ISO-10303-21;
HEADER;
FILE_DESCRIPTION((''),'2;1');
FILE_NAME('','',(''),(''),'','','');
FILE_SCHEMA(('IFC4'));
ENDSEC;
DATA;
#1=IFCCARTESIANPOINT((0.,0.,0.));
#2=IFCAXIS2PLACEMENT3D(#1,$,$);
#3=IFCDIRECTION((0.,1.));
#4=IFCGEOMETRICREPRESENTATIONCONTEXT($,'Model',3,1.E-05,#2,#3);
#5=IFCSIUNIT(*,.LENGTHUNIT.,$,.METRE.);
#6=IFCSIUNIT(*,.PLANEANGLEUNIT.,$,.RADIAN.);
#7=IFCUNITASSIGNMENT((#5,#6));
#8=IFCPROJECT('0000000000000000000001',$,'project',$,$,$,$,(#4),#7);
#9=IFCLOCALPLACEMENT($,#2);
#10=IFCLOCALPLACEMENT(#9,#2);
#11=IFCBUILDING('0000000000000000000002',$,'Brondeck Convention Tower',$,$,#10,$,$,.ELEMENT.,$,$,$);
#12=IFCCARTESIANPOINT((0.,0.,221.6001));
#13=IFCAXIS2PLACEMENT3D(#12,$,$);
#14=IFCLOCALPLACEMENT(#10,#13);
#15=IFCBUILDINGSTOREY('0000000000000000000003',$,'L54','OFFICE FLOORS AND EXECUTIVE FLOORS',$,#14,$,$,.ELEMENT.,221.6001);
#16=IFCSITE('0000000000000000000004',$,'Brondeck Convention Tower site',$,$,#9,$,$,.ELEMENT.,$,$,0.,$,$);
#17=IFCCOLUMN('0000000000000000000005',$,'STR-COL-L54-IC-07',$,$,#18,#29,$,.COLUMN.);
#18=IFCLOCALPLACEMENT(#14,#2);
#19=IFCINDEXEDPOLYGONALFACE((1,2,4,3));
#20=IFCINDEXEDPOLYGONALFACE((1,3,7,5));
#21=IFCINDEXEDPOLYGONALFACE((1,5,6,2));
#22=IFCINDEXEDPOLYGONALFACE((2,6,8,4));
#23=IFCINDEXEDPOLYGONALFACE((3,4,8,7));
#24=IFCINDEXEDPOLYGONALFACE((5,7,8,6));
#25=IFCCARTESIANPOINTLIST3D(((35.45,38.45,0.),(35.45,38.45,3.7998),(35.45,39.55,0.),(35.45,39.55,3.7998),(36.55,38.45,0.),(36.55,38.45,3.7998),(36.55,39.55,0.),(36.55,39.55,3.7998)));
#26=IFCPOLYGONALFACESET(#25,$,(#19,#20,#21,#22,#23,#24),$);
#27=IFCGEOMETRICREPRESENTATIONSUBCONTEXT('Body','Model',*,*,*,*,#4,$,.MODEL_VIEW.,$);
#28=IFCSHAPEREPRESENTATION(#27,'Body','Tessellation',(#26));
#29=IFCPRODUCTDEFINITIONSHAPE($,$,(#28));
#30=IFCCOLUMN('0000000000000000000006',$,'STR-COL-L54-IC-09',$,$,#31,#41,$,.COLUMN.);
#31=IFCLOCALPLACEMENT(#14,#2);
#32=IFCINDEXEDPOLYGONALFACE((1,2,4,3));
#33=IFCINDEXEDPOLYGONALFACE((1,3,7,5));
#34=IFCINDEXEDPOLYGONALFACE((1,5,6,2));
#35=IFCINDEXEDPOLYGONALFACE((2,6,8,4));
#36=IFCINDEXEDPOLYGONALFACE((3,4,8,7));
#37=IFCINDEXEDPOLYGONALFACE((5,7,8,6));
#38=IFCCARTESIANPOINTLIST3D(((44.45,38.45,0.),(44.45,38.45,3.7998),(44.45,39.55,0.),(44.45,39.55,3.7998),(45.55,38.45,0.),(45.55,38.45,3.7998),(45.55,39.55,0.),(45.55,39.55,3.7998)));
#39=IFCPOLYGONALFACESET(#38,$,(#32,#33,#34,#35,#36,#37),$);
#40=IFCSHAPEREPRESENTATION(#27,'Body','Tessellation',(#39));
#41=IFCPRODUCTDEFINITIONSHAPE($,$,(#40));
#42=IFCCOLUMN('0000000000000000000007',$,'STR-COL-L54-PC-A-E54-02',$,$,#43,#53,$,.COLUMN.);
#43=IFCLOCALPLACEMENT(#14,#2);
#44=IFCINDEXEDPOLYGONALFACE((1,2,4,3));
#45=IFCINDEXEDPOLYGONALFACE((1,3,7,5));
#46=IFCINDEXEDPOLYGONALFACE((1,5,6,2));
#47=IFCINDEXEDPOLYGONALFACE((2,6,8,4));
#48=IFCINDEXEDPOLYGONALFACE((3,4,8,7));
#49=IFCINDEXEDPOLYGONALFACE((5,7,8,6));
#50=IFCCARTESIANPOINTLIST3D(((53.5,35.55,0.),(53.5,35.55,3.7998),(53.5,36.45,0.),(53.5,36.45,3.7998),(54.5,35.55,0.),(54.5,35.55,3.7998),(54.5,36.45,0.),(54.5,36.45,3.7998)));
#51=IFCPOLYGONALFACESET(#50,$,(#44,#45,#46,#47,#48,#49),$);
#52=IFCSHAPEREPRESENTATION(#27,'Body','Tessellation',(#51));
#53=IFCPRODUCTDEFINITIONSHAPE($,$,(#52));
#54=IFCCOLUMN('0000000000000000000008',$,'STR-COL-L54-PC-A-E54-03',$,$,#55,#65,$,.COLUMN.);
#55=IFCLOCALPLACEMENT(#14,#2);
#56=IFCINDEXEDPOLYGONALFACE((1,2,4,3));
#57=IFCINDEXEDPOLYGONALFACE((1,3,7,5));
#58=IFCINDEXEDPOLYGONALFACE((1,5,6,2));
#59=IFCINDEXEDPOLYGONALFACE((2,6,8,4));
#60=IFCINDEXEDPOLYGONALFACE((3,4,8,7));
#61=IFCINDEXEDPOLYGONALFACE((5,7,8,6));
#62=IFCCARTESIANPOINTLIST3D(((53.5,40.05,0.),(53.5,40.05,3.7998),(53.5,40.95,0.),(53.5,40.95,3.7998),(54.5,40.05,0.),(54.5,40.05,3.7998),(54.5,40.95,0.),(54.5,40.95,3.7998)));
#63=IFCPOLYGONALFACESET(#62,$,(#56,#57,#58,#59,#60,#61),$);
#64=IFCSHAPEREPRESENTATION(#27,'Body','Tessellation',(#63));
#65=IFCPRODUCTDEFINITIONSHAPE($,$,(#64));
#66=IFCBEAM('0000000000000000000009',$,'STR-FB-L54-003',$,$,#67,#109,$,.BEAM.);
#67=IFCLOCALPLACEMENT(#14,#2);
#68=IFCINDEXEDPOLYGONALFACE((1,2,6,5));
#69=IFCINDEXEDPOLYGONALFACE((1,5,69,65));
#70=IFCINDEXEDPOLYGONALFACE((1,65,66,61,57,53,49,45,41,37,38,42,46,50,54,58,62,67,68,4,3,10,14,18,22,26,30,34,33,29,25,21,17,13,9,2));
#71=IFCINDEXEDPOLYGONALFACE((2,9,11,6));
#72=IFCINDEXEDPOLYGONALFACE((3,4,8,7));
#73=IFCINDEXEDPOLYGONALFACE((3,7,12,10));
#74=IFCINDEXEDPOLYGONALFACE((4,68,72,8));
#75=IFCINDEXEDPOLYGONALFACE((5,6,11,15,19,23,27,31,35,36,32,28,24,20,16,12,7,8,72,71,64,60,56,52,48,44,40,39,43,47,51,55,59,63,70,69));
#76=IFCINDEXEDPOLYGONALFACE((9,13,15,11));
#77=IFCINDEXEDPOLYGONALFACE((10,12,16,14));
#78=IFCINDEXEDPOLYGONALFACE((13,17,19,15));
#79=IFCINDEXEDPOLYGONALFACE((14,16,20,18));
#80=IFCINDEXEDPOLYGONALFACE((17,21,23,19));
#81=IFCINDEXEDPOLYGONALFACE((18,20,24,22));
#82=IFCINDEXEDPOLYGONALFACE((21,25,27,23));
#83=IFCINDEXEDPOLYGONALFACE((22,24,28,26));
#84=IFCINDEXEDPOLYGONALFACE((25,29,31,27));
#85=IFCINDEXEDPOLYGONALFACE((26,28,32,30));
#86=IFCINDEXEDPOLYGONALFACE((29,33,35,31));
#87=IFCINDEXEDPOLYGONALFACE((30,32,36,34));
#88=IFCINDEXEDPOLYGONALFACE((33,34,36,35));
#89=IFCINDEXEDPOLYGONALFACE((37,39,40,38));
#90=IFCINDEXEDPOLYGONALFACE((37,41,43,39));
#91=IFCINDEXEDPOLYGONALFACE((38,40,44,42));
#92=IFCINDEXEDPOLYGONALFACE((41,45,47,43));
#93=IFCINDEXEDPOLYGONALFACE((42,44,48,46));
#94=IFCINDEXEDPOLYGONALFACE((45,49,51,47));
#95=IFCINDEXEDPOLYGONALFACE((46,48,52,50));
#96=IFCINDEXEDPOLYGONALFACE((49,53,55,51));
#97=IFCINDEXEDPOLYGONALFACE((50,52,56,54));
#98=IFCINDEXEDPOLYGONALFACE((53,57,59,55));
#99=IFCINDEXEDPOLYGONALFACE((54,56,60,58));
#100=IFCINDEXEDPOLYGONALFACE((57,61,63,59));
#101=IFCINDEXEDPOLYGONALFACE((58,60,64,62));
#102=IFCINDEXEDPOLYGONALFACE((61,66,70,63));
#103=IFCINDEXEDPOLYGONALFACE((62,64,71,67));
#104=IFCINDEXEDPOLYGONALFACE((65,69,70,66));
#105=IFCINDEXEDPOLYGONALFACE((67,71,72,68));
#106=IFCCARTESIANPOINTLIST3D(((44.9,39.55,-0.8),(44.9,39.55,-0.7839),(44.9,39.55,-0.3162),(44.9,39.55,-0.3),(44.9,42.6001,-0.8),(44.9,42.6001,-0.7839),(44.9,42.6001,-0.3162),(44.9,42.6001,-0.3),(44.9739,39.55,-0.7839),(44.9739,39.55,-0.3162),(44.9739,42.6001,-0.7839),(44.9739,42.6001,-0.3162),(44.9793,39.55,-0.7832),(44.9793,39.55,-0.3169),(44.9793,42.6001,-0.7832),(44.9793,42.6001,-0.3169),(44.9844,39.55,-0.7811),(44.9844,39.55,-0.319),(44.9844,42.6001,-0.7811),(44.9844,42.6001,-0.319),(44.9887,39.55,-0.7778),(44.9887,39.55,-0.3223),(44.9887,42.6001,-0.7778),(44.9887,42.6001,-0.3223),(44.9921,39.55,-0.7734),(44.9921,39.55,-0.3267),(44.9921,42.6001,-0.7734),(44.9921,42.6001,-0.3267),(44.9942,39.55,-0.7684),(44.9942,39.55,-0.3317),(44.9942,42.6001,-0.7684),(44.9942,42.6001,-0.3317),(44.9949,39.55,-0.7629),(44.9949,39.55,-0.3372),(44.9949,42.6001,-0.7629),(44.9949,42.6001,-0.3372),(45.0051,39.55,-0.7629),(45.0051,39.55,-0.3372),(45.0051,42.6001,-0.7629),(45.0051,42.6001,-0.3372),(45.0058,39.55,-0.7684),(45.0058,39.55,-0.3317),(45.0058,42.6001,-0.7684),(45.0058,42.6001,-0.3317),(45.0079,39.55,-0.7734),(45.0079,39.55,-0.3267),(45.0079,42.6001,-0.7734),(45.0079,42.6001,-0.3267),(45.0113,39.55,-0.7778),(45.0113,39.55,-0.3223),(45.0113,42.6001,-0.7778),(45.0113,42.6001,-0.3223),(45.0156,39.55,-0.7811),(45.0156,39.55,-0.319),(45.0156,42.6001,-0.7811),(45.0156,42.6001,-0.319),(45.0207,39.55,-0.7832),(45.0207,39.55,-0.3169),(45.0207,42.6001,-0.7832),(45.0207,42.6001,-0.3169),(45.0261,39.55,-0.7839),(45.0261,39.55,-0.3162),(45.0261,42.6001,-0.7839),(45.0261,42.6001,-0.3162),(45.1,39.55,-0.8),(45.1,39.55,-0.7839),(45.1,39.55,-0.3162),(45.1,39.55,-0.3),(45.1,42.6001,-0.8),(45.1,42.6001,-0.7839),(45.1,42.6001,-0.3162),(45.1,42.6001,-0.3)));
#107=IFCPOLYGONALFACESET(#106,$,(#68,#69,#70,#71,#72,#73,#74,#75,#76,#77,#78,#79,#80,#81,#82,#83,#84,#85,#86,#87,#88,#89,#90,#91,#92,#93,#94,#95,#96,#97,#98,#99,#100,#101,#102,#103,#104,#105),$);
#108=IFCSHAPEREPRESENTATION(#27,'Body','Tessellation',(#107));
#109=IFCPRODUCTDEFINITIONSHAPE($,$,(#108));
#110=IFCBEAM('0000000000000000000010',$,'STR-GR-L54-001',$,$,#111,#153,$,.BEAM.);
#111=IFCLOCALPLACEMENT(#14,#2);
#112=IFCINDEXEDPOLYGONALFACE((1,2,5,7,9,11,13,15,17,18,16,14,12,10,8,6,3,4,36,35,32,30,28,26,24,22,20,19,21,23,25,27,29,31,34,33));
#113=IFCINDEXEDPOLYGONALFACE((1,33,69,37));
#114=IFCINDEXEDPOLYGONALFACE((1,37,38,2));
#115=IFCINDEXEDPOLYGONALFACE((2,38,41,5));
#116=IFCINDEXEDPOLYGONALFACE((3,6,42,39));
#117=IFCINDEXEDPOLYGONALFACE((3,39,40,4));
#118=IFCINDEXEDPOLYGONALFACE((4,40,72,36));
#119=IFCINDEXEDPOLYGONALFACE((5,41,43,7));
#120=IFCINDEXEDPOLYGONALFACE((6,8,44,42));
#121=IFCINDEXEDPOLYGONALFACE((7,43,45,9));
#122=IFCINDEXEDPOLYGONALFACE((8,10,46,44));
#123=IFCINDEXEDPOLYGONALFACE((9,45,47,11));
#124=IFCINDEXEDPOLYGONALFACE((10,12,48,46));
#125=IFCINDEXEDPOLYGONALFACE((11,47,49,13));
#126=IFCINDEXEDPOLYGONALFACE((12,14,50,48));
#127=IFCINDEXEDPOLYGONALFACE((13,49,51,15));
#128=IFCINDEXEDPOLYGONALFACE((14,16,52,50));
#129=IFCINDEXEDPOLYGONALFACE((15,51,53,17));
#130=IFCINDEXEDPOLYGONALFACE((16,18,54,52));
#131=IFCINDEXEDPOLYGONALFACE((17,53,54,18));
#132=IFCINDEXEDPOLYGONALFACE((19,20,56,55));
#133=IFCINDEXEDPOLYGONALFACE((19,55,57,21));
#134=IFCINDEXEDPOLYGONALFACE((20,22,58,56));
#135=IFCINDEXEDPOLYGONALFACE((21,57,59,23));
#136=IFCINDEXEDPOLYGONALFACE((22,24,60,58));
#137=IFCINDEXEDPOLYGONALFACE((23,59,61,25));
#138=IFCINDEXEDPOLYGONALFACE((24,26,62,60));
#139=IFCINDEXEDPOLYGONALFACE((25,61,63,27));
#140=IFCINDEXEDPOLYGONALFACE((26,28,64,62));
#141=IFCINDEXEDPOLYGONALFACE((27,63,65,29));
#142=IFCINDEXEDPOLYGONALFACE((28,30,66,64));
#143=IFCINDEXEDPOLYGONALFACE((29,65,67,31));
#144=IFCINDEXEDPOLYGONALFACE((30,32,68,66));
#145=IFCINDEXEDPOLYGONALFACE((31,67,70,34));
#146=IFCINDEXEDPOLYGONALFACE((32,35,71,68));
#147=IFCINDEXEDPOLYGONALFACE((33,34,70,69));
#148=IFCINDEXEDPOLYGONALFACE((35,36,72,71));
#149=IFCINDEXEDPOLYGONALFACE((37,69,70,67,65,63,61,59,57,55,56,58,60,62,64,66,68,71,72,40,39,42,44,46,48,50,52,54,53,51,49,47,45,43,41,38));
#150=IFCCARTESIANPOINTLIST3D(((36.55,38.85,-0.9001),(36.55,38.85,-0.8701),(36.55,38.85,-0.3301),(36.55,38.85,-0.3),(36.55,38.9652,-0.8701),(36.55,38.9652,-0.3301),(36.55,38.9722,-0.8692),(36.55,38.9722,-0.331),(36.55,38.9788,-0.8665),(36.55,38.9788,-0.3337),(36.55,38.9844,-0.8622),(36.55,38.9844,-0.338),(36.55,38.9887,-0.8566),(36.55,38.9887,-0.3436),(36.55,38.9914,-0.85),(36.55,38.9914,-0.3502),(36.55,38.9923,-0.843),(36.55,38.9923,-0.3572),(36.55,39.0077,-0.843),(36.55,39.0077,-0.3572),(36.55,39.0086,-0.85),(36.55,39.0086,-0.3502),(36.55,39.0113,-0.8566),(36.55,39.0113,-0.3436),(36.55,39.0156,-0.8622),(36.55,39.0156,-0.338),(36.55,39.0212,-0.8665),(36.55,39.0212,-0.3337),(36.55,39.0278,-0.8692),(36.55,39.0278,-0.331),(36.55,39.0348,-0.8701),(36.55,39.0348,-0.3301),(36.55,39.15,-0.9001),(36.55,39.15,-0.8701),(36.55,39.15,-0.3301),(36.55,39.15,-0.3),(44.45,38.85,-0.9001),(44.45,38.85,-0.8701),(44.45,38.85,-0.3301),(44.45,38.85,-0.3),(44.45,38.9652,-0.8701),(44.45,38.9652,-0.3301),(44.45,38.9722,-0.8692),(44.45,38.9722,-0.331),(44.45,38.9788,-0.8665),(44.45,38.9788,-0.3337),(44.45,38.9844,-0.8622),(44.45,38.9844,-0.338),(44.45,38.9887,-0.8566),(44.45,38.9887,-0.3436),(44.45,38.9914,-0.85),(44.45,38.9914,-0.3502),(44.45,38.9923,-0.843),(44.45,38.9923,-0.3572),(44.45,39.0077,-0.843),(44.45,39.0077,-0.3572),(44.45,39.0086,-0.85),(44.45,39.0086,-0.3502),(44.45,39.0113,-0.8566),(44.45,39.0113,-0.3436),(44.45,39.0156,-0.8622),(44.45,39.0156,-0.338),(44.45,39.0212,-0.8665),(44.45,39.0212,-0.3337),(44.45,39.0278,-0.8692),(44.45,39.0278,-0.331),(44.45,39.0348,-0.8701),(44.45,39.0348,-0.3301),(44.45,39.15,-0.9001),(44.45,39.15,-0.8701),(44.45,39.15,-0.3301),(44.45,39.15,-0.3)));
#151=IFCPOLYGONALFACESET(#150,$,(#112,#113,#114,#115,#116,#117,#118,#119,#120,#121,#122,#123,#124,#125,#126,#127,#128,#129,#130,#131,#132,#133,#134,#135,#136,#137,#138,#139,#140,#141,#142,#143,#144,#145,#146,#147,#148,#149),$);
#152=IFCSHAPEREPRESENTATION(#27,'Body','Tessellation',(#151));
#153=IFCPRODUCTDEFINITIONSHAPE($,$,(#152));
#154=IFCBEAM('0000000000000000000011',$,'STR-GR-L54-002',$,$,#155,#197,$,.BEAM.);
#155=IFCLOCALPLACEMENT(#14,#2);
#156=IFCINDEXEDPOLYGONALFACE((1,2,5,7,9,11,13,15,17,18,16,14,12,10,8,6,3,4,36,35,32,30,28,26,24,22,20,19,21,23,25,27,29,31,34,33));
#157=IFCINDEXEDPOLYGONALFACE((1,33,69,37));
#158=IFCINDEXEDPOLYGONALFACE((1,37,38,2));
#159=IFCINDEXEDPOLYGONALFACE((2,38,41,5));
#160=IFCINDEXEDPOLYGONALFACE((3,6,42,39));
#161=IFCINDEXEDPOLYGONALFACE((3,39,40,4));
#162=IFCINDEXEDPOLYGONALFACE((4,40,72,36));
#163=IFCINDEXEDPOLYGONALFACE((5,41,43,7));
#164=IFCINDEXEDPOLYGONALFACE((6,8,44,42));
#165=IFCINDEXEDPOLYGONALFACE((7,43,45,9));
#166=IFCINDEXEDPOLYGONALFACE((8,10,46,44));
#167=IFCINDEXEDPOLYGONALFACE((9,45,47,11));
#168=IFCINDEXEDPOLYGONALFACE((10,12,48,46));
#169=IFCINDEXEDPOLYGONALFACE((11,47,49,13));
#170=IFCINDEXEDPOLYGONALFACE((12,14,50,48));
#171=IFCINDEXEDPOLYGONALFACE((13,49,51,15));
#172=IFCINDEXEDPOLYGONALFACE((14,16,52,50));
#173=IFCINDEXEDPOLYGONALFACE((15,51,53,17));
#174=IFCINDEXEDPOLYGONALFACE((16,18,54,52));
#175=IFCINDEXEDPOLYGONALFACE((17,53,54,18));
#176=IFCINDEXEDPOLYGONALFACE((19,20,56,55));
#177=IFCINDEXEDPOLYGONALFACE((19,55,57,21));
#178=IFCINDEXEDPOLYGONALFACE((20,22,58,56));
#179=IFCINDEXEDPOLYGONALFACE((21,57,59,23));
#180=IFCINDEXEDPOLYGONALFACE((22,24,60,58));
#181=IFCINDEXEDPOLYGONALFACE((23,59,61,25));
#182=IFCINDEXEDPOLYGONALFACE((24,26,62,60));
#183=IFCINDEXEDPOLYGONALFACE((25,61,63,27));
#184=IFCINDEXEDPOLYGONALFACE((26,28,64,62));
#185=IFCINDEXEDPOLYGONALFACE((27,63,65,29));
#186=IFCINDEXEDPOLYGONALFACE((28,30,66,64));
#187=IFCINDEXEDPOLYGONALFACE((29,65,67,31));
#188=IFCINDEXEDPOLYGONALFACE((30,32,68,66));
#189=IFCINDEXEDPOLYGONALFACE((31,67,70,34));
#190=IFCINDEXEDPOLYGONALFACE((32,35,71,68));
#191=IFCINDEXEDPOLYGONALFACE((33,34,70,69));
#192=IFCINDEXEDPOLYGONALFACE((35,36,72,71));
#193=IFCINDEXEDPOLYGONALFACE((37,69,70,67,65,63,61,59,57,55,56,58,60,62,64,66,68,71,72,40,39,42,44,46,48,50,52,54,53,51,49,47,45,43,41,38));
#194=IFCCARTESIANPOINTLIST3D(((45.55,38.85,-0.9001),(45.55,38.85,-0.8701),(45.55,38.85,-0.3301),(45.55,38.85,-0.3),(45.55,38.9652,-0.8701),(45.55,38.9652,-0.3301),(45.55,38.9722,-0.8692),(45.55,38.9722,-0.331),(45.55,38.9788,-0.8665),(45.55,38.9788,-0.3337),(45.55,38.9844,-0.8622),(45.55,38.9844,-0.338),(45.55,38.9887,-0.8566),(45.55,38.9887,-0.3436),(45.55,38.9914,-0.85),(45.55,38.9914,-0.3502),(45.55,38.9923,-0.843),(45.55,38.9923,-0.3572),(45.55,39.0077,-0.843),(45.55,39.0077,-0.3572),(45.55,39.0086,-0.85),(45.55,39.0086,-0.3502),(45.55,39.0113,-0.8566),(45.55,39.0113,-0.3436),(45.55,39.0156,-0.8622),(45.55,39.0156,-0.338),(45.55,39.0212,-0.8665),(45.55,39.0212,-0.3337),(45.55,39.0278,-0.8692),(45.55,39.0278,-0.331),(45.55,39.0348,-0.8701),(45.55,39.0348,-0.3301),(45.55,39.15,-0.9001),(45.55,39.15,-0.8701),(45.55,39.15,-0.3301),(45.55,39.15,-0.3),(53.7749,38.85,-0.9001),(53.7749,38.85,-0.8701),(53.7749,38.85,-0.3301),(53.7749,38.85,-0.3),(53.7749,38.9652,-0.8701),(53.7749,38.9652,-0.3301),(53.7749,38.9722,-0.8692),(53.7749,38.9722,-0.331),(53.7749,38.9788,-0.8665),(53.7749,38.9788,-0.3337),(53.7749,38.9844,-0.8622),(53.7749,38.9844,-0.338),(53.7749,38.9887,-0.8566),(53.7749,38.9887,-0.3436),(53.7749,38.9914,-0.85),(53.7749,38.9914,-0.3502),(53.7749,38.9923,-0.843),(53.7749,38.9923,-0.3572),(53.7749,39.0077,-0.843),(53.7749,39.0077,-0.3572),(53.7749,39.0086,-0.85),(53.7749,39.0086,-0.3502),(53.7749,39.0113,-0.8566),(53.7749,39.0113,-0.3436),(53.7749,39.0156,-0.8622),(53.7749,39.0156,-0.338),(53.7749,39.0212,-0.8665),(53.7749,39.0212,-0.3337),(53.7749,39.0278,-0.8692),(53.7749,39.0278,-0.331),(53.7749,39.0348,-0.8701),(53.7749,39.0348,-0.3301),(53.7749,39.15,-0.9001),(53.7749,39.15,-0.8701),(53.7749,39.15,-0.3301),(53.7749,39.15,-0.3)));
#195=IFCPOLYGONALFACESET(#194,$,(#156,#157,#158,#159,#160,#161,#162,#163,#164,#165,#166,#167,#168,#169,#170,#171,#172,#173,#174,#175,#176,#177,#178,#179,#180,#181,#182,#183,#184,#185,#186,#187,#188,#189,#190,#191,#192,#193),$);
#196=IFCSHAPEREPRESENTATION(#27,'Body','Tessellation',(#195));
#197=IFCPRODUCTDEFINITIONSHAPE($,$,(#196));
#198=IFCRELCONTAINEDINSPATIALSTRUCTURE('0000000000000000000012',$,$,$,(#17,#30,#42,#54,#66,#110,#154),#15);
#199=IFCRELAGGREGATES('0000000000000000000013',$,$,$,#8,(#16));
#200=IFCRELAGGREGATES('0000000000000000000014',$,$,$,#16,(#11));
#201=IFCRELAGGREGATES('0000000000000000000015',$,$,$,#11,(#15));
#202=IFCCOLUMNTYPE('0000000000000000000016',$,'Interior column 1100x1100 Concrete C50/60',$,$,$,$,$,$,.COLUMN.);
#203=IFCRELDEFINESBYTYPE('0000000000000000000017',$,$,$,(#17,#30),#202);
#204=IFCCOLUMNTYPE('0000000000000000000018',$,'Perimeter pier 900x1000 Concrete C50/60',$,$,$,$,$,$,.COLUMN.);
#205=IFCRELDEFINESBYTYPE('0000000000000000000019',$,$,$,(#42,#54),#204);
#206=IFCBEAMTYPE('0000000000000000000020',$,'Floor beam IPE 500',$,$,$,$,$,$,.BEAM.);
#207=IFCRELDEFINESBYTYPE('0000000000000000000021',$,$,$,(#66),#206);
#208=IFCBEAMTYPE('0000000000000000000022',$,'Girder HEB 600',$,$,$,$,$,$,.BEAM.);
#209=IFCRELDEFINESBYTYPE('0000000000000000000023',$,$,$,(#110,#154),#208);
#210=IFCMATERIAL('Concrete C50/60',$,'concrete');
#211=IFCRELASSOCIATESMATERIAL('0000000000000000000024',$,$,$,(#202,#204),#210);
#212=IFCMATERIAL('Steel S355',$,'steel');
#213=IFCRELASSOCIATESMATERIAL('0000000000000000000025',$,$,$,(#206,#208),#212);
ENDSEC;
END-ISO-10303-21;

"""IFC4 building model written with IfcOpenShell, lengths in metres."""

from ifc_helpers import new_model, si_unit, direction, frame, origin, origin_2d, place, context, subcontext, project, spatial, rectangle, i_section, extrude, material, material_profile, profile_set, type_object, element, save


model = new_model("IFC4")

# Units and contexts
model_context = context("Model", 3, precision=1e-05, world=origin(), true_north=direction((0.0, 1.0)))
body_context = subcontext(model_context, "Body", "Model", "MODEL_VIEW")
ifc_project = project(units=[si_unit("LENGTHUNIT", "METRE"), si_unit("PLANEANGLEUNIT", "RADIAN")], contexts=[model_context])

# Site, building, storey
site_placement = place(None, origin())
site = spatial("IfcSite", under=ifc_project, at=site_placement, Name="Brondeck Convention Tower site", CompositionType="ELEMENT", RefElevation=0.0)
building_placement = place(site_placement, origin())
building = spatial("IfcBuilding", under=site, at=building_placement, Name="Brondeck Convention Tower", CompositionType="ELEMENT")
storey_placement = place(building_placement, frame((0.0, 0.0, 221.6001)))
storey = spatial("IfcBuildingStorey", under=building, at=storey_placement, Name="L54", Description="OFFICE FLOORS AND EXECUTIVE FLOORS", CompositionType="ELEMENT", Elevation=221.6001)

# Columns
ifc_material_1 = material(Name="Concrete C50/60", Category="concrete")
ifc_material_profile_1 = material_profile(ifc_material_1, rectangle(XDim=1.1001, YDim=1.1001, at=origin_2d()), Name="Interior column 1100x1100 Concrete C50/60")
ifc_profile_set_1 = profile_set([ifc_material_profile_1], Name="Concrete C50/60")
column_type_1 = type_object("IfcColumnType", Name="Interior column 1100x1100 Concrete C50/60", PredefinedType="COLUMN", material=ifc_profile_set_1)
for number, where, z_axis, x_axis, name in (
    (1, (36.0, 39.0, 0.0), (0.0, 0.0, 1.0), (1.0, 0.0, 0.0), "STR-COL-L54-IC-07"),
    (2, (45.0, 39.0, 0.0), (0.0, 0.0, 1.0), (1.0, 0.0, 0.0), "STR-COL-L54-IC-09"),
):
    element("IfcColumn", number, at=place(storey_placement, frame(where, z_axis=z_axis, x_axis=x_axis)), inside=storey, type_object=column_type_1, Name=name, PredefinedType="COLUMN", context=body_context, shape_type="SweptSolid", body=[
        extrude(rectangle(XDim=1.1001, YDim=1.1001, at=origin_2d()), origin(), (0.0, 0.0, 1.0), 3.7998),
    ])
ifc_material_profile_2 = material_profile(ifc_material_1, rectangle(XDim=0.8999, YDim=1.0, at=origin_2d()), Name="Perimeter pier 900x1000 Concrete C50/60")
ifc_profile_set_2 = profile_set([ifc_material_profile_2], Name="Concrete C50/60")
column_type_2 = type_object("IfcColumnType", Name="Perimeter pier 900x1000 Concrete C50/60", PredefinedType="COLUMN", material=ifc_profile_set_2)
for number, where, z_axis, x_axis, name in (
    (3, (54.0, 36.0, 0.0), (0.0, 0.0, 1.0), (0.0, 1.0, 0.0), "STR-COL-L54-PC-A-E54-02"),
    (4, (54.0, 40.5, 0.0), (0.0, 0.0, 1.0), (0.0, 1.0, 0.0), "STR-COL-L54-PC-A-E54-03"),
):
    element("IfcColumn", number, at=place(storey_placement, frame(where, z_axis=z_axis, x_axis=x_axis)), inside=storey, type_object=column_type_2, Name=name, PredefinedType="COLUMN", context=body_context, shape_type="SweptSolid", body=[
        extrude(rectangle(XDim=0.8999, YDim=1.0, at=origin_2d()), origin(), (0.0, 0.0, 1.0), 3.7998),
    ])

# Beams
ifc_material_2 = material(Name="Steel S355", Category="steel")
ifc_material_profile_3 = material_profile(ifc_material_2, i_section(OverallWidth=0.2, OverallDepth=0.5, WebThickness=0.0103, FlangeThickness=0.0161, FilletRadius=0.021, at=origin_2d()), Name="IPE 500")
ifc_profile_set_3 = profile_set([ifc_material_profile_3], Name="Steel S355")
beam_type_1 = type_object("IfcBeamType", Name="Floor beam IPE 500", PredefinedType="BEAM", material=ifc_profile_set_3)
beam_1_placement = place(storey_placement, frame((45.0, 39.55, -0.55), z_axis=(0.0, 1.0, 0.0), x_axis=(-1.0, 0.0, 0.0)))
element("IfcBeam", 5, at=beam_1_placement, inside=storey, type_object=beam_type_1, Name="STR-FB-L54-003", PredefinedType="BEAM", context=body_context, shape_type="SweptSolid", body=[
    extrude(i_section(OverallWidth=0.2, OverallDepth=0.5, WebThickness=0.0103, FlangeThickness=0.0161, FilletRadius=0.021, at=origin_2d()), origin(), (0.0, 0.0, 1.0), 3.05),
])
ifc_material_profile_4 = material_profile(ifc_material_2, i_section(OverallWidth=0.3, OverallDepth=0.6001, WebThickness=0.0154, FlangeThickness=0.03, FilletRadius=0.0271, at=origin_2d()), Name="HEB 600")
ifc_profile_set_4 = profile_set([ifc_material_profile_4], Name="Steel S355")
beam_type_2 = type_object("IfcBeamType", Name="Girder HEB 600", PredefinedType="BEAM", material=ifc_profile_set_4)
beam_2_placement = place(storey_placement, frame((36.55, 39.0, -0.6001), z_axis=(1.0, 0.0, 0.0), x_axis=(0.0, 1.0, 0.0)))
element("IfcBeam", 6, at=beam_2_placement, inside=storey, type_object=beam_type_2, Name="STR-GR-L54-001", PredefinedType="BEAM", context=body_context, shape_type="SweptSolid", body=[
    extrude(i_section(OverallWidth=0.3, OverallDepth=0.6001, WebThickness=0.0154, FlangeThickness=0.03, FilletRadius=0.0271, at=origin_2d()), origin(), (0.0, 0.0, 1.0), 7.8999),
])
beam_3_placement = place(storey_placement, frame((45.55, 39.0, -0.6001), z_axis=(1.0, 0.0, 0.0), x_axis=(0.0, 1.0, 0.0)))
element("IfcBeam", 7, at=beam_3_placement, inside=storey, type_object=beam_type_2, Name="STR-GR-L54-002", PredefinedType="BEAM", context=body_context, shape_type="SweptSolid", body=[
    extrude(i_section(OverallWidth=0.3, OverallDepth=0.6001, WebThickness=0.0154, FlangeThickness=0.03, FilletRadius=0.0271, at=origin_2d()), origin(), (0.0, 0.0, 1.0), 8.2249),
])

save(model, "model.ifc")
